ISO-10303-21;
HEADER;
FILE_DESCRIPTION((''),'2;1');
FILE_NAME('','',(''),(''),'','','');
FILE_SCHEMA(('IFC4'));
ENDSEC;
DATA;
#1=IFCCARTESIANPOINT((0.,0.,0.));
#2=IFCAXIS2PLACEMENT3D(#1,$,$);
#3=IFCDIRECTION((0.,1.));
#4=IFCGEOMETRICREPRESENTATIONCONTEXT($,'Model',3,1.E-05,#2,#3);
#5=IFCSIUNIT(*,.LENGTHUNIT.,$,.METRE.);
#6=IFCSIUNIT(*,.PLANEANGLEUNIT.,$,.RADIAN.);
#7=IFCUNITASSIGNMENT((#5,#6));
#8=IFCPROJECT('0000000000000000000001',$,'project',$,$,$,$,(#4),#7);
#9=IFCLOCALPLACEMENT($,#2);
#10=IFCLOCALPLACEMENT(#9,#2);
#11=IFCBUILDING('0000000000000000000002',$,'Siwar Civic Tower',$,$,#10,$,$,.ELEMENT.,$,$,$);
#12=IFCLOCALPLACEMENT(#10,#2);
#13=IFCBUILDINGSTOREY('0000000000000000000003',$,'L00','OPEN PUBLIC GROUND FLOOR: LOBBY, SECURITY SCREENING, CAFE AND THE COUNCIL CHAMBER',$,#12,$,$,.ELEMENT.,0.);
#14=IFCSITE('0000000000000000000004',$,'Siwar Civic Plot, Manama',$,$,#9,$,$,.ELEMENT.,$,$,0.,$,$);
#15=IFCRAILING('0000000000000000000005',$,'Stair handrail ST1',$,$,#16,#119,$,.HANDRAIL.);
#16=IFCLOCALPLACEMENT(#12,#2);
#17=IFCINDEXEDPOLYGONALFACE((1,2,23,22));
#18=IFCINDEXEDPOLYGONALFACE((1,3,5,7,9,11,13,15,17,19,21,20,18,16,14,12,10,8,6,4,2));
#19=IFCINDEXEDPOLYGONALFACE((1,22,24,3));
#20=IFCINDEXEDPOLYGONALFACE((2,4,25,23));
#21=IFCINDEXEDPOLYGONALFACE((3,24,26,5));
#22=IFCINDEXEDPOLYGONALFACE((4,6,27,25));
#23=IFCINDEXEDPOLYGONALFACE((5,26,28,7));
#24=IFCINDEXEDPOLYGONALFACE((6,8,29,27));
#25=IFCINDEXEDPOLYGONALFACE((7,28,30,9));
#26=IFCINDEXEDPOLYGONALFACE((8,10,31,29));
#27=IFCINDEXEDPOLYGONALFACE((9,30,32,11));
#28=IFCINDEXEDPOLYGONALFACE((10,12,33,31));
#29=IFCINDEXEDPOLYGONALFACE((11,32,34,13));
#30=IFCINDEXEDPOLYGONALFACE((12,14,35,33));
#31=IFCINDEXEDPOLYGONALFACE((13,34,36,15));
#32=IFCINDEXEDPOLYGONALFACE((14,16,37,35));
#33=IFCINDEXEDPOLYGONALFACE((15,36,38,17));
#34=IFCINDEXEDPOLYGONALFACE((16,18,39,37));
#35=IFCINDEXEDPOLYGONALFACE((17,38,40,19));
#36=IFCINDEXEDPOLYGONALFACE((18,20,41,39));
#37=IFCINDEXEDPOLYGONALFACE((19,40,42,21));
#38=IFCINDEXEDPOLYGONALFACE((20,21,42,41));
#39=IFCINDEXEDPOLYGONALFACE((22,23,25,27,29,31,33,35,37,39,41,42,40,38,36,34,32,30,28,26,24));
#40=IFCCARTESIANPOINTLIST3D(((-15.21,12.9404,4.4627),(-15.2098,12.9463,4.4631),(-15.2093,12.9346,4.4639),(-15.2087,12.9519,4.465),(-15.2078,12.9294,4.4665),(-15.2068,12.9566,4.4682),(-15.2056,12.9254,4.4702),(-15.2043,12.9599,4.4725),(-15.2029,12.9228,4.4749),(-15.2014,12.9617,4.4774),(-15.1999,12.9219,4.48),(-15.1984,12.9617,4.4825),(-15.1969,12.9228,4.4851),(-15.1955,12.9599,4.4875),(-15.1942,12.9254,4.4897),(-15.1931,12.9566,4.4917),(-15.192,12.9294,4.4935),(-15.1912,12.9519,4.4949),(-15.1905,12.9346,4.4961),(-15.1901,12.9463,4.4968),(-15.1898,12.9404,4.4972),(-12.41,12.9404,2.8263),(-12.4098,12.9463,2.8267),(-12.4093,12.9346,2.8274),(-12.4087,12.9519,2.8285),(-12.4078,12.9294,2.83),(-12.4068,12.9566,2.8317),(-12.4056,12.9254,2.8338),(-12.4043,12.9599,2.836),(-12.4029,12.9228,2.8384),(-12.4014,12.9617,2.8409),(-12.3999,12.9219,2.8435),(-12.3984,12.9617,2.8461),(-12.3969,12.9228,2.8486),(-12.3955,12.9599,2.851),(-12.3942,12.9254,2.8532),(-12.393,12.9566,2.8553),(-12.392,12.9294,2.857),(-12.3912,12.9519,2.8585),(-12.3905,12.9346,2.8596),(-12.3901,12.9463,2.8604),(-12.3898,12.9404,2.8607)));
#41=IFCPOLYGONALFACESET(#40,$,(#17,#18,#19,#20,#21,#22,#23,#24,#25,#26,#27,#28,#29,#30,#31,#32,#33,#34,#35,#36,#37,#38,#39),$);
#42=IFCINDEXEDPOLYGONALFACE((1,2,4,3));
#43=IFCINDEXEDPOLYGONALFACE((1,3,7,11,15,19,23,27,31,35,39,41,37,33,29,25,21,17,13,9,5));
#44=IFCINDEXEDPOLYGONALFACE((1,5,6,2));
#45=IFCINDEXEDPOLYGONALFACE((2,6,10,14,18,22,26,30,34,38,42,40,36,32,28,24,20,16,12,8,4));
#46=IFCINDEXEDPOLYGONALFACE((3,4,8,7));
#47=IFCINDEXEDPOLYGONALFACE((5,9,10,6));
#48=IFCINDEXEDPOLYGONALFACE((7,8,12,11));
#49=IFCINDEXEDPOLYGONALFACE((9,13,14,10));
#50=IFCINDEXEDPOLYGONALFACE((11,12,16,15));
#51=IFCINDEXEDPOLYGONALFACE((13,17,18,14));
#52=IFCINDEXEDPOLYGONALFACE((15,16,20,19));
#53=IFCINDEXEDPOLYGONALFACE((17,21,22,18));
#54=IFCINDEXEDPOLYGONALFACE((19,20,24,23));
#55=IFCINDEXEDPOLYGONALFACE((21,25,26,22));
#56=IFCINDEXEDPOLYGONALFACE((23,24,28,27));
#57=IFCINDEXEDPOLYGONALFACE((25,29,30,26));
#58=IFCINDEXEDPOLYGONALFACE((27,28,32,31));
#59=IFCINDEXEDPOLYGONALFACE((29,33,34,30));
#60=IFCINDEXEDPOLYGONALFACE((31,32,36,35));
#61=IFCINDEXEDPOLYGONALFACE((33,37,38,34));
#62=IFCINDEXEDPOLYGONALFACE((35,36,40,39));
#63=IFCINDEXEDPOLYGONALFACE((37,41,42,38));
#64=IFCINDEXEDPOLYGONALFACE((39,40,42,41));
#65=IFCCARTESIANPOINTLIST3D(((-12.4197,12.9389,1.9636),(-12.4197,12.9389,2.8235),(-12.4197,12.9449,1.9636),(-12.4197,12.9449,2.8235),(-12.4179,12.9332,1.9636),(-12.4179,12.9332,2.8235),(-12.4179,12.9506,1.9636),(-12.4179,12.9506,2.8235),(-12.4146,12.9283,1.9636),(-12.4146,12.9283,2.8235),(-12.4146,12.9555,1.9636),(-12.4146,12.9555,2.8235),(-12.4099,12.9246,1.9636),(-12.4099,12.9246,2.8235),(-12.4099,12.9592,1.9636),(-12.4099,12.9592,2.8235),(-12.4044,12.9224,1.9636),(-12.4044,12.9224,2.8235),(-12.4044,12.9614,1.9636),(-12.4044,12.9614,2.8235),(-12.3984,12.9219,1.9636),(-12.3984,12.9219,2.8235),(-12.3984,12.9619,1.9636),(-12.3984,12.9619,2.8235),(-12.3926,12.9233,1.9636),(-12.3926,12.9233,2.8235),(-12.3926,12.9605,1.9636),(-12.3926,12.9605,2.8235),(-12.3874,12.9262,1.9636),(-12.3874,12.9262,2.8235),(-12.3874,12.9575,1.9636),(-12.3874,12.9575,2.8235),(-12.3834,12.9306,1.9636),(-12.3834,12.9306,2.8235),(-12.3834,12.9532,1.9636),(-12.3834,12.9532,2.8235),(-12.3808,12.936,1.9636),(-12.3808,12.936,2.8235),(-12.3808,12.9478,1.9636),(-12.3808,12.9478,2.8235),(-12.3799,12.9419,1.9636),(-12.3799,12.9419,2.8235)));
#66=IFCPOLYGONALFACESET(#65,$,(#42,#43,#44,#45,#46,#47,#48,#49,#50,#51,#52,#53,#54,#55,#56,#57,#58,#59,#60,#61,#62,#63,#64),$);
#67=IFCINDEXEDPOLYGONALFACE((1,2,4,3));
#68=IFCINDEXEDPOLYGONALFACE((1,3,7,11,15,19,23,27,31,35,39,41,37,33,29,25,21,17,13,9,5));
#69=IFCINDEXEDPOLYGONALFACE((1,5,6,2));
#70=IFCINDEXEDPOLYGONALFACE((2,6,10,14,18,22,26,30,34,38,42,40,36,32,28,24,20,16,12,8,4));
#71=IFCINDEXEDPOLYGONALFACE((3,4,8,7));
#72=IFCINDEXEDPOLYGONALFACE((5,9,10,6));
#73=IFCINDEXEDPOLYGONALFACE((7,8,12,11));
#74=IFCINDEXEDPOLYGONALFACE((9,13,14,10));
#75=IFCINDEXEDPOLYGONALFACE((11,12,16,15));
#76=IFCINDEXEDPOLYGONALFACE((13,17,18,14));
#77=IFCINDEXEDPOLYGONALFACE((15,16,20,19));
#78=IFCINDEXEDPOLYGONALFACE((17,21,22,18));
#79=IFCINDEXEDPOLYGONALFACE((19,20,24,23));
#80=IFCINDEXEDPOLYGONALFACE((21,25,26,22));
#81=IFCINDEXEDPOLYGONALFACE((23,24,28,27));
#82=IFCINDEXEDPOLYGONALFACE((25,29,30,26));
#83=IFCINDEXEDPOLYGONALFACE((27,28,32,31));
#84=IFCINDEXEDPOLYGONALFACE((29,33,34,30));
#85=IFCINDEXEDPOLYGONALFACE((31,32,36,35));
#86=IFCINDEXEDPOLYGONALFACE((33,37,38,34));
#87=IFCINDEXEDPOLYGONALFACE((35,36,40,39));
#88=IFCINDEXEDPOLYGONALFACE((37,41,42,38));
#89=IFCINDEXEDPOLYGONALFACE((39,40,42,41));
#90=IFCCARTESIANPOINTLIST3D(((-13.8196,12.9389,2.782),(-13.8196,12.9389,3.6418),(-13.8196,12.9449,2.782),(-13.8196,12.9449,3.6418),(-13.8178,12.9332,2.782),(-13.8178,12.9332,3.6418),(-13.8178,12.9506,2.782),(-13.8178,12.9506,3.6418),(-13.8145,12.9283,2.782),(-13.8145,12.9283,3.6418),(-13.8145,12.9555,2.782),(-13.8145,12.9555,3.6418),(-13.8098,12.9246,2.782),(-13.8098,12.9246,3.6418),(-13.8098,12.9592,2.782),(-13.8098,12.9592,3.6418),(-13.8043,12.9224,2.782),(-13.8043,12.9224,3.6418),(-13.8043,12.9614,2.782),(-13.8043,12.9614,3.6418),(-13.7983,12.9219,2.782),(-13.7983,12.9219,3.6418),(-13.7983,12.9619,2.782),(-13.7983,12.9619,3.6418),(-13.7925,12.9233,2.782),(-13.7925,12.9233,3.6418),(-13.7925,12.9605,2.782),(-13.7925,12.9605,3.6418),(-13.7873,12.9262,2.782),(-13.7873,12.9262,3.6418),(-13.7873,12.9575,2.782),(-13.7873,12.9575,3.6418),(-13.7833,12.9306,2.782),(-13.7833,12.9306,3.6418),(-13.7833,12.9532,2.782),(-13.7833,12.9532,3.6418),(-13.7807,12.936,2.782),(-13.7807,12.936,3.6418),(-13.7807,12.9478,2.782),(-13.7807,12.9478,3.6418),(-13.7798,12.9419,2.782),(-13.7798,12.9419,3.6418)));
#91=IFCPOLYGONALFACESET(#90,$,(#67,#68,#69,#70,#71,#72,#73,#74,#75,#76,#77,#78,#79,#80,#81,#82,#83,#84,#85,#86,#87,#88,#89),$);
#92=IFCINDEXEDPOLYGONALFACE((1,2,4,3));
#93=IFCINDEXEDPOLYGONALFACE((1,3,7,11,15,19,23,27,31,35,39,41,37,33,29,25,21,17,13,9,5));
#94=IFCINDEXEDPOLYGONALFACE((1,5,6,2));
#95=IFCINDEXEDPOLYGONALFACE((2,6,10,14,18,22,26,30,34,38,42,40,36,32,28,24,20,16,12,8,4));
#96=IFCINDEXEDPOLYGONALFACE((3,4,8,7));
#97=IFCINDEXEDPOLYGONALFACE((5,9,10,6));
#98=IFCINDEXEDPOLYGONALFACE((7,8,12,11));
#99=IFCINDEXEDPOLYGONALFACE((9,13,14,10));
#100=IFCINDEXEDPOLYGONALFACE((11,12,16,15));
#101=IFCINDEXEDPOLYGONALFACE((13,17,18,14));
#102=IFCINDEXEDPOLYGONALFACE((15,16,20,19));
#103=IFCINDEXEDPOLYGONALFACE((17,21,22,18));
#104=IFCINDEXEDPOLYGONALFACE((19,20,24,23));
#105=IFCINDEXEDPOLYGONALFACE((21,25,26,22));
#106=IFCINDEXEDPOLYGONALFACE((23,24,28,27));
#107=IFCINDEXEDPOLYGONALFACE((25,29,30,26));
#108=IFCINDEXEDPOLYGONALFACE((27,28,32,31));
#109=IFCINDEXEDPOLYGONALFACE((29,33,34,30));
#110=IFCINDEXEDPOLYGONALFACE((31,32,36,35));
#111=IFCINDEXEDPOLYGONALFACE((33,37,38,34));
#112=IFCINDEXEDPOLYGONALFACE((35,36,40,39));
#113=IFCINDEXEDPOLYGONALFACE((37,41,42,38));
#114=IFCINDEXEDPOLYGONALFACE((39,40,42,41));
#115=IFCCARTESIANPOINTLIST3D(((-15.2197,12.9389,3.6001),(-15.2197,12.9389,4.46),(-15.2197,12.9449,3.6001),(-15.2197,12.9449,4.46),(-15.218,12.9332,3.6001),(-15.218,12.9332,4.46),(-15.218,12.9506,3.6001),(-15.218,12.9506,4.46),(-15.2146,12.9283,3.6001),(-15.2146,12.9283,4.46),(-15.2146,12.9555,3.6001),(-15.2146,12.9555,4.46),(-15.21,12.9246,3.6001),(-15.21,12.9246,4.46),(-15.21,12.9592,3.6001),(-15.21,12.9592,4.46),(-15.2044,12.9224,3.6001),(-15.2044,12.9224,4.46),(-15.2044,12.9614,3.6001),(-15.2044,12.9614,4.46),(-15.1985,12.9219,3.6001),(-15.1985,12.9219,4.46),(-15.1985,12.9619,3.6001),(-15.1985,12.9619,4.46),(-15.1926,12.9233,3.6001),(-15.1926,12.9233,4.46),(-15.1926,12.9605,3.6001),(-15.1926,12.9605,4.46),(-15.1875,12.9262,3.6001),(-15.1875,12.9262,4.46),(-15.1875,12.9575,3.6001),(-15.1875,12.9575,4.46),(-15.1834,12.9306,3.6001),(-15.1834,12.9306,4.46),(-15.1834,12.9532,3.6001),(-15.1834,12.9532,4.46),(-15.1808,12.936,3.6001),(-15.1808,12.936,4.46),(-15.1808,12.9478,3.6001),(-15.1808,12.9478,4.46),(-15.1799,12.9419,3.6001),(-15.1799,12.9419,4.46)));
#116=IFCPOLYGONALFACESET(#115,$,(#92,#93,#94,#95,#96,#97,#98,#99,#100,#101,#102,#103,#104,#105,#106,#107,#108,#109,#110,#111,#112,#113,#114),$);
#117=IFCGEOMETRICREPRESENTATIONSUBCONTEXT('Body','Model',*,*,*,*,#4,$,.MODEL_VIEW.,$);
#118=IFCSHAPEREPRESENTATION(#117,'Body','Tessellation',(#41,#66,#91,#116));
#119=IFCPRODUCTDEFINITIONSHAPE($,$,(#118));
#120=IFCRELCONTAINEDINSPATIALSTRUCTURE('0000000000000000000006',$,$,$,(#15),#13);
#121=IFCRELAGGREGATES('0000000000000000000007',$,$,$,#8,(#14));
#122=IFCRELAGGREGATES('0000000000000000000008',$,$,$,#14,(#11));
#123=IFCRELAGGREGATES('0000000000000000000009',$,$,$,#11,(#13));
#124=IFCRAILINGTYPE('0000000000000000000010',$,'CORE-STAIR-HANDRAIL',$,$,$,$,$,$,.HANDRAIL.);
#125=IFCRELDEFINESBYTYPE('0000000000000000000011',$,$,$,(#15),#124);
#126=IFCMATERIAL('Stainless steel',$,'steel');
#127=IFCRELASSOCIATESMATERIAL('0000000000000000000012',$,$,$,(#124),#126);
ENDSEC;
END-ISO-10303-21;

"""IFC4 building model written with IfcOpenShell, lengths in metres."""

from ifc_helpers import new_model, si_unit, direction, frame, origin, origin_2d, place, context, subcontext, project, spatial, circle, extrude, material, type_object, element, save


model = new_model("IFC4")

# Units and contexts
model_context = context("Model", 3, precision=1e-05, world=origin(), true_north=direction((0.0, 1.0)))
body_context = subcontext(model_context, "Body", "Model", "MODEL_VIEW")
ifc_project = project(units=[si_unit("LENGTHUNIT", "METRE"), si_unit("PLANEANGLEUNIT", "RADIAN")], contexts=[model_context])

# Site, building, storey
site_placement = place(None, origin())
site = spatial("IfcSite", under=ifc_project, at=site_placement, Name="Siwar Civic Plot, Manama", CompositionType="ELEMENT", RefElevation=0.0)
building_placement = place(site_placement, origin())
building = spatial("IfcBuilding", under=site, at=building_placement, Name="Siwar Civic Tower", CompositionType="ELEMENT")
storey_placement = place(building_placement, origin())
storey = spatial("IfcBuildingStorey", under=building, at=storey_placement, Name="L00", Description="OPEN PUBLIC GROUND FLOOR: LOBBY, SECURITY SCREENING, CAFE AND THE COUNCIL CHAMBER", CompositionType="ELEMENT", Elevation=0.0)

# Railing
ifc_material_1 = material(Name="Stainless steel", Category="steel")
railing_type = type_object("IfcRailingType", Name="CORE-STAIR-HANDRAIL", PredefinedType="HANDRAIL", material=ifc_material_1)
railing_1_placement = place(storey_placement, frame((-12.3999, 12.9419, 1.9636)))
element("IfcRailing", 1, at=railing_1_placement, inside=storey, type_object=railing_type, Name="Stair handrail ST1", PredefinedType="HANDRAIL", context=body_context, shape_type="SweptSolid", body=[
    extrude(circle(Radius=0.02, at=origin_2d()), frame((0.0, 0.0, 0.8799), z_axis=(-0.863361, 0.0, 0.504587), x_axis=(0.0, -1.0, 0.0)), (0.0, 0.0, 1.0), 3.2432),
    extrude(circle(Radius=0.02, at=origin_2d()), origin(), (0.0, 0.0, 1.0), 0.8599),
    extrude(circle(Radius=0.02, at=origin_2d()), frame((-1.3999, 0.0, 0.8184)), (0.0, 0.0, 1.0), 0.8599),
    extrude(circle(Radius=0.02, at=origin_2d()), frame((-2.8, 0.0, 1.6365)), (0.0, 0.0, 1.0), 0.8599),
])

save(model, "model.ifc")
